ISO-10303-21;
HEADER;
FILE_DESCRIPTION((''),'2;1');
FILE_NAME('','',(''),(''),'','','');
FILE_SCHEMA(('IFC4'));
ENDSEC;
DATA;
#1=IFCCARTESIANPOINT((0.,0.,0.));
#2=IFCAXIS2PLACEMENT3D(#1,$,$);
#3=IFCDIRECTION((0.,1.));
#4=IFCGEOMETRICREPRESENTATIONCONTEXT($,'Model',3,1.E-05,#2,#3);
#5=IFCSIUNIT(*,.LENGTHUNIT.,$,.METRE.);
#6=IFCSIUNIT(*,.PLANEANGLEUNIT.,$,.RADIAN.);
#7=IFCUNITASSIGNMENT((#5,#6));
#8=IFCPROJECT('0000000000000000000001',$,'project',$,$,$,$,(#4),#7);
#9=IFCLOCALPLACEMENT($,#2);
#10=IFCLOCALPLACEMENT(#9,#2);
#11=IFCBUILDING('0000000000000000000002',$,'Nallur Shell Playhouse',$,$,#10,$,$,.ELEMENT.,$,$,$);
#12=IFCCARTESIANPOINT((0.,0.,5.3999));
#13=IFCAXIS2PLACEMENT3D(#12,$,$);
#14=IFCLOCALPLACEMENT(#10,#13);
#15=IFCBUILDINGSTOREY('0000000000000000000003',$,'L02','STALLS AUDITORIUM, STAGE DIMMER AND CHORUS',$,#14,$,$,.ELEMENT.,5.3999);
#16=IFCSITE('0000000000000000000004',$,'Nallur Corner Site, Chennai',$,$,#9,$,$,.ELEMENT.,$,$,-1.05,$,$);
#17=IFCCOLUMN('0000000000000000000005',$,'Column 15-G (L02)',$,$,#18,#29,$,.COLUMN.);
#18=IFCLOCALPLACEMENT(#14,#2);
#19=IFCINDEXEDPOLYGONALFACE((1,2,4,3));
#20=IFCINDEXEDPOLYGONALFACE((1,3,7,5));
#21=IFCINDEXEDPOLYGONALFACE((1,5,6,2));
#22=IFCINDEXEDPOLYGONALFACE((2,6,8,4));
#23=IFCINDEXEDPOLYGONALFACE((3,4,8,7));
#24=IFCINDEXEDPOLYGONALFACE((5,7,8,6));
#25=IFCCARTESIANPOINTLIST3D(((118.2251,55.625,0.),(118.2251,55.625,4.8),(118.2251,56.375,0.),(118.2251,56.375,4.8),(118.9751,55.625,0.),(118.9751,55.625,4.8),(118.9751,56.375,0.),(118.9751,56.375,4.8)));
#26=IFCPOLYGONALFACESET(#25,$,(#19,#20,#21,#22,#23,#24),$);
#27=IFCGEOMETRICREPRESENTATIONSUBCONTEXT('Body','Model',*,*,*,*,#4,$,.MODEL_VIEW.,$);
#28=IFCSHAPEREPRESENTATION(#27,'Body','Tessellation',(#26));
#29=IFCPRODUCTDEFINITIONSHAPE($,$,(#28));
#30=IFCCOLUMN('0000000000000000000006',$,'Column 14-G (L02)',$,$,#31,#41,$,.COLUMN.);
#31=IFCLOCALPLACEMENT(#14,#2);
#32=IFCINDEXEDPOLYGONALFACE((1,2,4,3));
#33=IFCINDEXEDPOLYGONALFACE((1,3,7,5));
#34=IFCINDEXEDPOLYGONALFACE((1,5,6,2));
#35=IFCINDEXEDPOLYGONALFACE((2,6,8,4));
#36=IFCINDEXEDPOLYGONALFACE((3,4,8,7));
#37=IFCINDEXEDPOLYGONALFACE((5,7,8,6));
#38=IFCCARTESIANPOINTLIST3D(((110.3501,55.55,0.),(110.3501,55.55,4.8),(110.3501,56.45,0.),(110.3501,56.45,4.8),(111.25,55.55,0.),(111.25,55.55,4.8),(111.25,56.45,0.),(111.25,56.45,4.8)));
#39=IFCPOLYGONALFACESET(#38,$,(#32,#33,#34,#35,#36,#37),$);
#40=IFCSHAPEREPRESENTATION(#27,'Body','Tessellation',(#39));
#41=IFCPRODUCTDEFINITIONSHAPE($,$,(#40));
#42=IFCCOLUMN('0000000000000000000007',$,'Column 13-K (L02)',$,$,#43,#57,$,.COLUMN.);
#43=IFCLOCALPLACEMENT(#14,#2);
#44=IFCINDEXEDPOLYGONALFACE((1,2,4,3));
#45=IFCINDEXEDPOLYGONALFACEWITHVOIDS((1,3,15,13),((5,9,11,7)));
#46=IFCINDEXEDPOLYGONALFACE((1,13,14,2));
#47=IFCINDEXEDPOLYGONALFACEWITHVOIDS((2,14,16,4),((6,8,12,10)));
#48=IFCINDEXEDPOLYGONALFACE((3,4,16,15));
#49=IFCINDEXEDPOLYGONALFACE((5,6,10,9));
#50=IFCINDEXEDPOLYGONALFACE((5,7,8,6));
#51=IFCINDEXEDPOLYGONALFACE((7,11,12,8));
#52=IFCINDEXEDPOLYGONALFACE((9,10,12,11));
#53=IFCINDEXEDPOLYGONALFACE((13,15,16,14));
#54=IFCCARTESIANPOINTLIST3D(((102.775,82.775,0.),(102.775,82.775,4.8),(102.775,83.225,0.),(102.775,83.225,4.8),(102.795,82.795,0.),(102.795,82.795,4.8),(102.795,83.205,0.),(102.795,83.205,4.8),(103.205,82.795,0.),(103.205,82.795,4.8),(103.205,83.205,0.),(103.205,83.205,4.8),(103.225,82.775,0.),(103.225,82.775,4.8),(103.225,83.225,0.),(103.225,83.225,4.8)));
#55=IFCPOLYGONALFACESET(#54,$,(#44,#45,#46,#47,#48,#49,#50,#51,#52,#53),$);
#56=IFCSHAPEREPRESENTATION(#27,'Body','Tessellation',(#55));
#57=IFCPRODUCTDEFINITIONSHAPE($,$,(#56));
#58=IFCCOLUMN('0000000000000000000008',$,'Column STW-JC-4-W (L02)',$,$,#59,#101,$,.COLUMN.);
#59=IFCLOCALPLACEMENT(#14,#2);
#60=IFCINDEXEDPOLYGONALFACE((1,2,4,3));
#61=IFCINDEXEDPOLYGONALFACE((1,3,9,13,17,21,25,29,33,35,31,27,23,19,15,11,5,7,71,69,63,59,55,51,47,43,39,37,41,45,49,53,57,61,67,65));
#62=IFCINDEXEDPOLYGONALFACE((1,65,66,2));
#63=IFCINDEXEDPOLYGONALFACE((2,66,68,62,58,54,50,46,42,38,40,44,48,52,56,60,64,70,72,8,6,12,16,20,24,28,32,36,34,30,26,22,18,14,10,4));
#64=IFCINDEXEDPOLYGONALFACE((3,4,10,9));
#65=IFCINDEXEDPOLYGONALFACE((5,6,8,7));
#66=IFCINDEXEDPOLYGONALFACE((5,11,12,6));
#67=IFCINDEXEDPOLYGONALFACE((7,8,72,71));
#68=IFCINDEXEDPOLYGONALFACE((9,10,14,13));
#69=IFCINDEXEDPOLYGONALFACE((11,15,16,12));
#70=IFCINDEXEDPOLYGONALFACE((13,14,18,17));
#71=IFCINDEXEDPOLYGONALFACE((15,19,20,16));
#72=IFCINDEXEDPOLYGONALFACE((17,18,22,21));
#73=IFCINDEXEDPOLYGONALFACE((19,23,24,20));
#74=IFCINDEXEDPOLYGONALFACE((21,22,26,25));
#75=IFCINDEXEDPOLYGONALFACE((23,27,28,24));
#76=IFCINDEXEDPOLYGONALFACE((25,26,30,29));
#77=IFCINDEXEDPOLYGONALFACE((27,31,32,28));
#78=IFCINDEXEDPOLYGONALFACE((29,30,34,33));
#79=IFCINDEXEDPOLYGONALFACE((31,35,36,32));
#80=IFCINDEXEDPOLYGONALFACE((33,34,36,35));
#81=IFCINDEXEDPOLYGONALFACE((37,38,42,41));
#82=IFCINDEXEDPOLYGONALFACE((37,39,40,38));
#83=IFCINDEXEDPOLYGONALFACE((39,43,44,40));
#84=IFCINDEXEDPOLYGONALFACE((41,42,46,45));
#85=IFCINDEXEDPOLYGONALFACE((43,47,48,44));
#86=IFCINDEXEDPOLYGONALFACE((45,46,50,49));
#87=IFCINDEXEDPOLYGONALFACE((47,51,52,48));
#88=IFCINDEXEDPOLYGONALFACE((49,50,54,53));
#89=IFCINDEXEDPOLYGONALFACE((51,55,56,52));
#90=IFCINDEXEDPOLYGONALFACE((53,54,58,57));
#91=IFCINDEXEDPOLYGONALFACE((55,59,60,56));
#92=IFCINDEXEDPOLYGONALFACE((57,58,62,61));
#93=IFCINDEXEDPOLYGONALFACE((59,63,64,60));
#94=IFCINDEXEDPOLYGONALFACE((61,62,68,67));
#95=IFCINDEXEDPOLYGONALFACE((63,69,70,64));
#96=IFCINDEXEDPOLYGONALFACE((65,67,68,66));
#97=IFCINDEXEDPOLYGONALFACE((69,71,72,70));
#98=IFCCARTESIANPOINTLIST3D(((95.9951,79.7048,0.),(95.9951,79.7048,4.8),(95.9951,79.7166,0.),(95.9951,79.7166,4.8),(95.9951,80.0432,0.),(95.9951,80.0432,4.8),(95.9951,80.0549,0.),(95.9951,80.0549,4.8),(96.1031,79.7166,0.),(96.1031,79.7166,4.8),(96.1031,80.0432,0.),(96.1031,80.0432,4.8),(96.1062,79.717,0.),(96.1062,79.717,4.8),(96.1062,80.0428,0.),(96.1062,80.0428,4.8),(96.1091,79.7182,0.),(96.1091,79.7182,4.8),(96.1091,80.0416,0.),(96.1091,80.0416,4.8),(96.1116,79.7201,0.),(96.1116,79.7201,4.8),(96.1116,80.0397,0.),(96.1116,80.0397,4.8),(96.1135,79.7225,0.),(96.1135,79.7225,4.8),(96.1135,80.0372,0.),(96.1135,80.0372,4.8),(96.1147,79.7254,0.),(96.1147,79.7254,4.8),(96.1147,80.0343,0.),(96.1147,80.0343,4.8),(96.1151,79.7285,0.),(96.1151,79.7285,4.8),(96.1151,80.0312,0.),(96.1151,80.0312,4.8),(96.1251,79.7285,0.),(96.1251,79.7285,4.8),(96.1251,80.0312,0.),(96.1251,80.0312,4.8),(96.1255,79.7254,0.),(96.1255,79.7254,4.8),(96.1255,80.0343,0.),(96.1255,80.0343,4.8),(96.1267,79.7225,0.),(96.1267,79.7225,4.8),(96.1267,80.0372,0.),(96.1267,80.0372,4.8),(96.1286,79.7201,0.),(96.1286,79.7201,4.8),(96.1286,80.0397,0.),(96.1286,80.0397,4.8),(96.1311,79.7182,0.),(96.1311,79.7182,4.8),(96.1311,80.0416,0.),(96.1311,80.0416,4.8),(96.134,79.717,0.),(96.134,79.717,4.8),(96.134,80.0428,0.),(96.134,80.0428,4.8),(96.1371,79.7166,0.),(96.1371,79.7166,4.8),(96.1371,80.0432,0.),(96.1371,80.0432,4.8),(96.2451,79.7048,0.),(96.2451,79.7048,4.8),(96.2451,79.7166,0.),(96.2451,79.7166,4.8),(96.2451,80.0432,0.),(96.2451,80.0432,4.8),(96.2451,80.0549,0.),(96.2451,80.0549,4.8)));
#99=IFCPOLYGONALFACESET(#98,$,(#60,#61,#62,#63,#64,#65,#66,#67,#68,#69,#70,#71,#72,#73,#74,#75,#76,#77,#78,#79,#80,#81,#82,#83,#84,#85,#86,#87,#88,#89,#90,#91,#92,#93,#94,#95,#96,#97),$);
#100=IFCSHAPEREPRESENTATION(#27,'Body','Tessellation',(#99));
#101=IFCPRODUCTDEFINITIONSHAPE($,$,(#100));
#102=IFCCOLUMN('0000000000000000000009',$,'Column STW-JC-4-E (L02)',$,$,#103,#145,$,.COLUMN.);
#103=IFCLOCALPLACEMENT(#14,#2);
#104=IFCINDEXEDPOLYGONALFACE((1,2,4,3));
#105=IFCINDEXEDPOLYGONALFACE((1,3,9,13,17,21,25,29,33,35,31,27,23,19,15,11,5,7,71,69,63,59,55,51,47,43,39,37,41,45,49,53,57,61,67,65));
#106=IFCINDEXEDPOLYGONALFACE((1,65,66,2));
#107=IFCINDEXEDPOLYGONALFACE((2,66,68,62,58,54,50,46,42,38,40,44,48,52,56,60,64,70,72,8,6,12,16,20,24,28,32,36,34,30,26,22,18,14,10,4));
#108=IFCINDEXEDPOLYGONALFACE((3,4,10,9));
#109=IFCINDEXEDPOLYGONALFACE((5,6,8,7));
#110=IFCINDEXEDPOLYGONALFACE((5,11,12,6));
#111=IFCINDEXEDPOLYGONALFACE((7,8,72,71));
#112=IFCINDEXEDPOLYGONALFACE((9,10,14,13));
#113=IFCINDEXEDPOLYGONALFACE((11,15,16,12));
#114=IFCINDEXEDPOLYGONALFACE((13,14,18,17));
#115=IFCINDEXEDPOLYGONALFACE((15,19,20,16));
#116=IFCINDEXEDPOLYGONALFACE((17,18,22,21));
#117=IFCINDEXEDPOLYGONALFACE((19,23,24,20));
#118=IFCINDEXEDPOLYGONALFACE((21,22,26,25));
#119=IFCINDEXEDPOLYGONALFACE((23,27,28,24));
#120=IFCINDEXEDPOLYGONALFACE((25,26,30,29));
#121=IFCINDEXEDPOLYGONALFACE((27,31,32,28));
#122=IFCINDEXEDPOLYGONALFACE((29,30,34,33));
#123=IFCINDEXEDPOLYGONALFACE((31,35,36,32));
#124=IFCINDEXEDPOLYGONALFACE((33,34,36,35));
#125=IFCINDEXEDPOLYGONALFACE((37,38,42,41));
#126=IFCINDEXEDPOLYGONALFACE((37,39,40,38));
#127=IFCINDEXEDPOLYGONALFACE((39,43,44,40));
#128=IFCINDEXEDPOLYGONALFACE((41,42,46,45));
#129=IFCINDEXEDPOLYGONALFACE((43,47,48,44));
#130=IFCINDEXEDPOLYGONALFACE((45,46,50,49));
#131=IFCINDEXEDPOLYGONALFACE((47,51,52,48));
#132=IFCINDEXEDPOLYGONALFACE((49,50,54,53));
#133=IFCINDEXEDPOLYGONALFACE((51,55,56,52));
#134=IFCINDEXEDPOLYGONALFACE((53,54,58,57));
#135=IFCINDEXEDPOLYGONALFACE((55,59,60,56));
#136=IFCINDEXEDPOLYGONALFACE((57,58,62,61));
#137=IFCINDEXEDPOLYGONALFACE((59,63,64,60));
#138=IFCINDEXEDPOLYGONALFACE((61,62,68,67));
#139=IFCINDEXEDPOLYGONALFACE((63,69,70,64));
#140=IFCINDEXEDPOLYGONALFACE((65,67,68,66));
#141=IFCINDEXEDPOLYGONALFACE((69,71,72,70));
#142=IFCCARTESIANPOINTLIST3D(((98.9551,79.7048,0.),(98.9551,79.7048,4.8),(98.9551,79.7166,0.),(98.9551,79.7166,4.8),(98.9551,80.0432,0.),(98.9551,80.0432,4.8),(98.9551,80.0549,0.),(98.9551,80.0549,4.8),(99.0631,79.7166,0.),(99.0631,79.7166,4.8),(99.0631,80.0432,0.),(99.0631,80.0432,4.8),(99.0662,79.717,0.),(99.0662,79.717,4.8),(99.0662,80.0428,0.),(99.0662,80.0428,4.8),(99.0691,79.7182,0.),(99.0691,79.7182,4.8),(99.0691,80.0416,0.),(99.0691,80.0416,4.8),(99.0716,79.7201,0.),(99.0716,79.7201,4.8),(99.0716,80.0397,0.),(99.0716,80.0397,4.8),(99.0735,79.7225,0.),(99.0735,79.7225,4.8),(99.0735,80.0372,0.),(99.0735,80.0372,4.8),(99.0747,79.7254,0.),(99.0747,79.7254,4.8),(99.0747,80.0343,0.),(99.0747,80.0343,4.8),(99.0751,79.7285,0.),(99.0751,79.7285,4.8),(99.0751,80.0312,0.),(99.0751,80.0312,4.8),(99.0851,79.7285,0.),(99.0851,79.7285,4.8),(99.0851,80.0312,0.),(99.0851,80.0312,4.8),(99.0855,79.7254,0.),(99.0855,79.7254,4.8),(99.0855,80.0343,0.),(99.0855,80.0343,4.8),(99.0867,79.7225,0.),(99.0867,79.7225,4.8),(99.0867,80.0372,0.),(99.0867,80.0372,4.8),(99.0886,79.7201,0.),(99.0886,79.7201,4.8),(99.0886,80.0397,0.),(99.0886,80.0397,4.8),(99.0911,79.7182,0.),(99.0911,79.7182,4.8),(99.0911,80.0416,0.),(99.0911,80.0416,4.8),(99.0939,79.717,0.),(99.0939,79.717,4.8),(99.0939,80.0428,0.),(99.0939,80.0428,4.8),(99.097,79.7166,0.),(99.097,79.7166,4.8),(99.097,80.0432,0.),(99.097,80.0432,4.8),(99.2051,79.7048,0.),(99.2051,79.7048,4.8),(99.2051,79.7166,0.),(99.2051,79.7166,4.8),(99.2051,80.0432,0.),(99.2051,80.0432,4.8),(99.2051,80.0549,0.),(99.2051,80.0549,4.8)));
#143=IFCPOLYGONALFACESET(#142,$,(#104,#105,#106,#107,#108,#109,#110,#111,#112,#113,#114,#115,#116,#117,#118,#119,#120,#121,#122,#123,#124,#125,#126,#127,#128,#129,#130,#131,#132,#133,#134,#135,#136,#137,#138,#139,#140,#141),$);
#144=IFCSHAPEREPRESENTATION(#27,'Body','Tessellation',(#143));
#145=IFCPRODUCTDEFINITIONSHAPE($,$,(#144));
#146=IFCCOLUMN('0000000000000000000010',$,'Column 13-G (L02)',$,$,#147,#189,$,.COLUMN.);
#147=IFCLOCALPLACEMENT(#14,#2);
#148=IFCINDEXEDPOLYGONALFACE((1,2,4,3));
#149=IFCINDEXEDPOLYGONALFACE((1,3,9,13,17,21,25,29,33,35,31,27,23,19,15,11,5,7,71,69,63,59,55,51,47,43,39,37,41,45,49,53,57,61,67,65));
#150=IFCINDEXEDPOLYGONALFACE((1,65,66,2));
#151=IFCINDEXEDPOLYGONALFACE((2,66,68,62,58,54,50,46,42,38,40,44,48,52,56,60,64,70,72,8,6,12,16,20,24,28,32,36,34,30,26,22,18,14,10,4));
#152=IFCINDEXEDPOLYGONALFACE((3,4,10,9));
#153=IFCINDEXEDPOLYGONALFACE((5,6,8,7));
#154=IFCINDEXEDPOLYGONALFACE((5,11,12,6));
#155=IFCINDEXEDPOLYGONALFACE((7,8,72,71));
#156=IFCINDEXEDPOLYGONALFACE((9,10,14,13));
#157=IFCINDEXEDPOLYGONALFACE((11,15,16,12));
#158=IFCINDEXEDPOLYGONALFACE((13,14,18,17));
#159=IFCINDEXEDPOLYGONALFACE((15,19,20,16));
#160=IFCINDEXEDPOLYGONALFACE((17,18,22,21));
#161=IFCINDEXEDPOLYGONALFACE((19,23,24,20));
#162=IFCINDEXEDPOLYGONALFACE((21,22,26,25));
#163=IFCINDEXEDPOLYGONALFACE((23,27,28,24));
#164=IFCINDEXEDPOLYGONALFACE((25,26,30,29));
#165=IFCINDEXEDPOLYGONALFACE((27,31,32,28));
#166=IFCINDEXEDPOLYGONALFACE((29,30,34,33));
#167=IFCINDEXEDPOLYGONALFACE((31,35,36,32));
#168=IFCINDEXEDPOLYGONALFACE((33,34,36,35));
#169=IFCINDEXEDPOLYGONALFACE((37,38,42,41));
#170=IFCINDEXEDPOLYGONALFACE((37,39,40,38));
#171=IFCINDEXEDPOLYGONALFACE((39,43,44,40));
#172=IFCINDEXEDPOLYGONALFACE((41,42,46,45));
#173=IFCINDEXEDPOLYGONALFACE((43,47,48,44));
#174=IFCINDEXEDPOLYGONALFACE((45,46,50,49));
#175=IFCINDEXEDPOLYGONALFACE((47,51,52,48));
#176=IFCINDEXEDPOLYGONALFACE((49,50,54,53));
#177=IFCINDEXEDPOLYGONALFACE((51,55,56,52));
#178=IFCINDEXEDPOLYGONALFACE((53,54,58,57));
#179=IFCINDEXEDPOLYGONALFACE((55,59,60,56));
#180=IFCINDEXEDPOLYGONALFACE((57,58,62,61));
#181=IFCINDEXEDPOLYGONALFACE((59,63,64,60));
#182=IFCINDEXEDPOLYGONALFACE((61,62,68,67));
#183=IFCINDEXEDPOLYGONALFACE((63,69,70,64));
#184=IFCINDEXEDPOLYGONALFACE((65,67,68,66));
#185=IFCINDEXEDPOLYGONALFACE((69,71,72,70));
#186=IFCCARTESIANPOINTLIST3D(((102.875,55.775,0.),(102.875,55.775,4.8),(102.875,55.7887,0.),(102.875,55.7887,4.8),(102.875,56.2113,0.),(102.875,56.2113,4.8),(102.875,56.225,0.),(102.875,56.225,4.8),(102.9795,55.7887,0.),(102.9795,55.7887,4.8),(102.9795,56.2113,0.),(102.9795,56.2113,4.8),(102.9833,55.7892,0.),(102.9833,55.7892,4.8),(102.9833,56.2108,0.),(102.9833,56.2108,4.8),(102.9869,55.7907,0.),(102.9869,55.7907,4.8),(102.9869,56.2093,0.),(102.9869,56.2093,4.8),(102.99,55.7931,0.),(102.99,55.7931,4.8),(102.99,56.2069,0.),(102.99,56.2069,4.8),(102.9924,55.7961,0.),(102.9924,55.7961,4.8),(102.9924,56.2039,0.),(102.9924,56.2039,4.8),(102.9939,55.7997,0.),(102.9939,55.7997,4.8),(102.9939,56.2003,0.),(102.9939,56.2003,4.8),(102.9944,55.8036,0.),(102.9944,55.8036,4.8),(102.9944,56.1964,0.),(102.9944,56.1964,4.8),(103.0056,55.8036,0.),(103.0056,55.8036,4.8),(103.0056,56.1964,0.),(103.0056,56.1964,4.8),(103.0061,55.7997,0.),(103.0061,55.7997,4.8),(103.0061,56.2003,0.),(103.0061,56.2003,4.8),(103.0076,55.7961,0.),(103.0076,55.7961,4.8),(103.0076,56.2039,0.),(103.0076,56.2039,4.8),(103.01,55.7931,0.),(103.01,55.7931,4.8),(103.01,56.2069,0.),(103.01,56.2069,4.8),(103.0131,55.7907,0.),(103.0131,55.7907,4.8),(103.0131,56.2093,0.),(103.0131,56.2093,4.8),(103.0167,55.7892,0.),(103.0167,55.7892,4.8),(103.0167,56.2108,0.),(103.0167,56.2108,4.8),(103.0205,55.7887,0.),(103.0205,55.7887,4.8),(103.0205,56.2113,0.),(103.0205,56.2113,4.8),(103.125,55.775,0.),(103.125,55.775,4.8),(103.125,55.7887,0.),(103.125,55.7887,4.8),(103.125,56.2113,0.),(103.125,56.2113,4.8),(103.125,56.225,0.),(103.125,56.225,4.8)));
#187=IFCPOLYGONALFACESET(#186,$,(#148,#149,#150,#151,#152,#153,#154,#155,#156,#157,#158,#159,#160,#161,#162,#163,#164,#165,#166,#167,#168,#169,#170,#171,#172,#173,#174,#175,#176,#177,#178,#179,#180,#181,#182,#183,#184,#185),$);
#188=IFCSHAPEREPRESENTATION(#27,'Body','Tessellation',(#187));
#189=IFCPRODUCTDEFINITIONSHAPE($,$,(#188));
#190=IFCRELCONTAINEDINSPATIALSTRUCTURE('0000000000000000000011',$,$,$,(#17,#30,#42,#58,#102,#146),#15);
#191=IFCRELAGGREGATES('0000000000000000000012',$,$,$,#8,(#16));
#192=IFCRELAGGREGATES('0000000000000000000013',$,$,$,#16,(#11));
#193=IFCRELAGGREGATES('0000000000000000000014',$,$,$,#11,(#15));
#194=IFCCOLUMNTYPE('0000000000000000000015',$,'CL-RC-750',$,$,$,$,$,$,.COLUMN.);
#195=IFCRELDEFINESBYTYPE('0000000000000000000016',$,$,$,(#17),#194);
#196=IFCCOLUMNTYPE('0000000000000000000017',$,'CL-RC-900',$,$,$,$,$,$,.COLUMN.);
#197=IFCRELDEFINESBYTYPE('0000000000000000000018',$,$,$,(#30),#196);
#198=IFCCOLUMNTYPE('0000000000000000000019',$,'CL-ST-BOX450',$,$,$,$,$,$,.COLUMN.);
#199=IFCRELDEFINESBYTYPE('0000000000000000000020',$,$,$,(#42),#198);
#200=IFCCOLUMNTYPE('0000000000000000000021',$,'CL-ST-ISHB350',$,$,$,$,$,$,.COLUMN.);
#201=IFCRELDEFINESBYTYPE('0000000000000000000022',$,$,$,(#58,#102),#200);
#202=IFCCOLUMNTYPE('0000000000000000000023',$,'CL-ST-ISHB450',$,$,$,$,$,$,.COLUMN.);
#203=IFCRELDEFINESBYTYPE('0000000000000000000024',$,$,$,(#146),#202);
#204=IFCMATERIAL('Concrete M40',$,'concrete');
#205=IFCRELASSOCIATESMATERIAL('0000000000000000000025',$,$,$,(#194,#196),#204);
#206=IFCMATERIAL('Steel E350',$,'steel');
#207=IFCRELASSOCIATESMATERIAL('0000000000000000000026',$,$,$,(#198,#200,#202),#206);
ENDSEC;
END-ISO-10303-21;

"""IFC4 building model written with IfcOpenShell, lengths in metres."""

from ifc_helpers import new_model, si_unit, direction, frame, origin, origin_2d, place, context, subcontext, project, spatial, rectangle, hollow_rectangle, i_section, extrude, material, material_profile, profile_set, type_object, element, save


model = new_model("IFC4")

# Units and contexts
model_context = context("Model", 3, precision=1e-05, world=origin(), true_north=direction((0.0, 1.0)))
body_context = subcontext(model_context, "Body", "Model", "MODEL_VIEW")
ifc_project = project(units=[si_unit("LENGTHUNIT", "METRE"), si_unit("PLANEANGLEUNIT", "RADIAN")], contexts=[model_context])

# Site, building, storey
site_placement = place(None, origin())
site = spatial("IfcSite", under=ifc_project, at=site_placement, Name="Nallur Corner Site, Chennai", CompositionType="ELEMENT", RefElevation=-1.05)
building_placement = place(site_placement, origin())
building = spatial("IfcBuilding", under=site, at=building_placement, Name="Nallur Shell Playhouse", CompositionType="ELEMENT")
storey_placement = place(building_placement, frame((0.0, 0.0, 5.3999)))
storey = spatial("IfcBuildingStorey", under=building, at=storey_placement, Name="L02", Description="STALLS AUDITORIUM, STAGE DIMMER AND CHORUS", CompositionType="ELEMENT", Elevation=5.3999)

# Columns
ifc_material_1 = material(Name="Concrete M40", Category="concrete")
ifc_material_profile_1 = material_profile(ifc_material_1, rectangle(XDim=0.75, YDim=0.75, at=origin_2d()), Name="RC 750x750")
ifc_profile_set_1 = profile_set([ifc_material_profile_1], Name="Concrete M40")
column_type_1 = type_object("IfcColumnType", Name="CL-RC-750", PredefinedType="COLUMN", material=ifc_profile_set_1)
column_1_placement = place(storey_placement, frame((118.6001, 56.0, 0.0), z_axis=(0.0, 0.0, 1.0), x_axis=(1.0, 0.0, 0.0)))
element("IfcColumn", 1, at=column_1_placement, inside=storey, type_object=column_type_1, Name="Column 15-G (L02)", PredefinedType="COLUMN", context=body_context, shape_type="SweptSolid", body=[
    extrude(rectangle(XDim=0.75, YDim=0.75, at=origin_2d()), origin(), (0.0, 0.0, 1.0), 4.8),
])
ifc_material_profile_2 = material_profile(ifc_material_1, rectangle(XDim=0.8999, YDim=0.8999, at=origin_2d()), Name="RC 900x900")
ifc_profile_set_2 = profile_set([ifc_material_profile_2], Name="Concrete M40")
column_type_2 = type_object("IfcColumnType", Name="CL-RC-900", PredefinedType="COLUMN", material=ifc_profile_set_2)
column_2_placement = place(storey_placement, frame((110.8, 56.0, 0.0), z_axis=(0.0, 0.0, 1.0), x_axis=(1.0, 0.0, 0.0)))
element("IfcColumn", 2, at=column_2_placement, inside=storey, type_object=column_type_2, Name="Column 14-G (L02)", PredefinedType="COLUMN", context=body_context, shape_type="SweptSolid", body=[
    extrude(rectangle(XDim=0.8999, YDim=0.8999, at=origin_2d()), origin(), (0.0, 0.0, 1.0), 4.8),
])
ifc_material_2 = material(Name="Steel E350", Category="steel")
ifc_material_profile_3 = material_profile(ifc_material_2, hollow_rectangle(XDim=0.45, YDim=0.45, WallThickness=0.02, at=origin_2d()), Name="BOX 450x450x20")
ifc_profile_set_3 = profile_set([ifc_material_profile_3], Name="Steel E350")
column_type_3 = type_object("IfcColumnType", Name="CL-ST-BOX450", PredefinedType="COLUMN", material=ifc_profile_set_3)
column_3_placement = place(storey_placement, frame((103.0, 83.0, 0.0), z_axis=(0.0, 0.0, 1.0), x_axis=(1.0, 0.0, 0.0)))
element("IfcColumn", 3, at=column_3_placement, inside=storey, type_object=column_type_3, Name="Column 13-K (L02)", PredefinedType="COLUMN", context=body_context, shape_type="SweptSolid", body=[
    extrude(hollow_rectangle(XDim=0.45, YDim=0.45, WallThickness=0.02, at=origin_2d()), origin(), (0.0, 0.0, 1.0), 4.8),
])
ifc_material_profile_4 = material_profile(ifc_material_2, i_section(OverallWidth=0.25, OverallDepth=0.3501, WebThickness=0.01, FlangeThickness=0.0117, FilletRadius=0.012, at=origin_2d()), Name="ISHB 350")
ifc_profile_set_4 = profile_set([ifc_material_profile_4], Name="Steel E350")
column_type_4 = type_object("IfcColumnType", Name="CL-ST-ISHB350", PredefinedType="COLUMN", material=ifc_profile_set_4)
for number, where, z_axis, x_axis, name in (
    (4, (96.1201, 79.8799, 0.0), (0.0, 0.0, 1.0), (1.0, 0.0, 0.0), "Column STW-JC-4-W (L02)"),
    (5, (99.0801, 79.8799, 0.0), (0.0, 0.0, 1.0), (1.0, 0.0, 0.0), "Column STW-JC-4-E (L02)"),
):
    element("IfcColumn", number, at=place(storey_placement, frame(where, z_axis=z_axis, x_axis=x_axis)), inside=storey, type_object=column_type_4, Name=name, PredefinedType="COLUMN", context=body_context, shape_type="SweptSolid", body=[
        extrude(i_section(OverallWidth=0.25, OverallDepth=0.3501, WebThickness=0.01, FlangeThickness=0.0117, FilletRadius=0.012, at=origin_2d()), origin(), (0.0, 0.0, 1.0), 4.8),
    ])
ifc_material_profile_5 = material_profile(ifc_material_2, i_section(OverallWidth=0.25, OverallDepth=0.45, WebThickness=0.0112, FlangeThickness=0.0137, FilletRadius=0.0149, at=origin_2d()), Name="ISHB 450")
ifc_profile_set_5 = profile_set([ifc_material_profile_5], Name="Steel E350")
column_type_5 = type_object("IfcColumnType", Name="CL-ST-ISHB450", PredefinedType="COLUMN", material=ifc_profile_set_5)
for number, where, z_axis, x_axis, name in (
    (6, (103.0, 56.0, 0.0), (0.0, 0.0, 1.0), (1.0, 0.0, 0.0), "Column 13-G (L02)"),
):
    element("IfcColumn", number, at=place(storey_placement, frame(where, z_axis=z_axis, x_axis=x_axis)), inside=storey, type_object=column_type_5, Name=name, PredefinedType="COLUMN", context=body_context, shape_type="SweptSolid", body=[
        extrude(i_section(OverallWidth=0.25, OverallDepth=0.45, WebThickness=0.0112, FlangeThickness=0.0137, FilletRadius=0.0149, at=origin_2d()), origin(), (0.0, 0.0, 1.0), 4.8),
    ])

save(model, "model.ifc")
